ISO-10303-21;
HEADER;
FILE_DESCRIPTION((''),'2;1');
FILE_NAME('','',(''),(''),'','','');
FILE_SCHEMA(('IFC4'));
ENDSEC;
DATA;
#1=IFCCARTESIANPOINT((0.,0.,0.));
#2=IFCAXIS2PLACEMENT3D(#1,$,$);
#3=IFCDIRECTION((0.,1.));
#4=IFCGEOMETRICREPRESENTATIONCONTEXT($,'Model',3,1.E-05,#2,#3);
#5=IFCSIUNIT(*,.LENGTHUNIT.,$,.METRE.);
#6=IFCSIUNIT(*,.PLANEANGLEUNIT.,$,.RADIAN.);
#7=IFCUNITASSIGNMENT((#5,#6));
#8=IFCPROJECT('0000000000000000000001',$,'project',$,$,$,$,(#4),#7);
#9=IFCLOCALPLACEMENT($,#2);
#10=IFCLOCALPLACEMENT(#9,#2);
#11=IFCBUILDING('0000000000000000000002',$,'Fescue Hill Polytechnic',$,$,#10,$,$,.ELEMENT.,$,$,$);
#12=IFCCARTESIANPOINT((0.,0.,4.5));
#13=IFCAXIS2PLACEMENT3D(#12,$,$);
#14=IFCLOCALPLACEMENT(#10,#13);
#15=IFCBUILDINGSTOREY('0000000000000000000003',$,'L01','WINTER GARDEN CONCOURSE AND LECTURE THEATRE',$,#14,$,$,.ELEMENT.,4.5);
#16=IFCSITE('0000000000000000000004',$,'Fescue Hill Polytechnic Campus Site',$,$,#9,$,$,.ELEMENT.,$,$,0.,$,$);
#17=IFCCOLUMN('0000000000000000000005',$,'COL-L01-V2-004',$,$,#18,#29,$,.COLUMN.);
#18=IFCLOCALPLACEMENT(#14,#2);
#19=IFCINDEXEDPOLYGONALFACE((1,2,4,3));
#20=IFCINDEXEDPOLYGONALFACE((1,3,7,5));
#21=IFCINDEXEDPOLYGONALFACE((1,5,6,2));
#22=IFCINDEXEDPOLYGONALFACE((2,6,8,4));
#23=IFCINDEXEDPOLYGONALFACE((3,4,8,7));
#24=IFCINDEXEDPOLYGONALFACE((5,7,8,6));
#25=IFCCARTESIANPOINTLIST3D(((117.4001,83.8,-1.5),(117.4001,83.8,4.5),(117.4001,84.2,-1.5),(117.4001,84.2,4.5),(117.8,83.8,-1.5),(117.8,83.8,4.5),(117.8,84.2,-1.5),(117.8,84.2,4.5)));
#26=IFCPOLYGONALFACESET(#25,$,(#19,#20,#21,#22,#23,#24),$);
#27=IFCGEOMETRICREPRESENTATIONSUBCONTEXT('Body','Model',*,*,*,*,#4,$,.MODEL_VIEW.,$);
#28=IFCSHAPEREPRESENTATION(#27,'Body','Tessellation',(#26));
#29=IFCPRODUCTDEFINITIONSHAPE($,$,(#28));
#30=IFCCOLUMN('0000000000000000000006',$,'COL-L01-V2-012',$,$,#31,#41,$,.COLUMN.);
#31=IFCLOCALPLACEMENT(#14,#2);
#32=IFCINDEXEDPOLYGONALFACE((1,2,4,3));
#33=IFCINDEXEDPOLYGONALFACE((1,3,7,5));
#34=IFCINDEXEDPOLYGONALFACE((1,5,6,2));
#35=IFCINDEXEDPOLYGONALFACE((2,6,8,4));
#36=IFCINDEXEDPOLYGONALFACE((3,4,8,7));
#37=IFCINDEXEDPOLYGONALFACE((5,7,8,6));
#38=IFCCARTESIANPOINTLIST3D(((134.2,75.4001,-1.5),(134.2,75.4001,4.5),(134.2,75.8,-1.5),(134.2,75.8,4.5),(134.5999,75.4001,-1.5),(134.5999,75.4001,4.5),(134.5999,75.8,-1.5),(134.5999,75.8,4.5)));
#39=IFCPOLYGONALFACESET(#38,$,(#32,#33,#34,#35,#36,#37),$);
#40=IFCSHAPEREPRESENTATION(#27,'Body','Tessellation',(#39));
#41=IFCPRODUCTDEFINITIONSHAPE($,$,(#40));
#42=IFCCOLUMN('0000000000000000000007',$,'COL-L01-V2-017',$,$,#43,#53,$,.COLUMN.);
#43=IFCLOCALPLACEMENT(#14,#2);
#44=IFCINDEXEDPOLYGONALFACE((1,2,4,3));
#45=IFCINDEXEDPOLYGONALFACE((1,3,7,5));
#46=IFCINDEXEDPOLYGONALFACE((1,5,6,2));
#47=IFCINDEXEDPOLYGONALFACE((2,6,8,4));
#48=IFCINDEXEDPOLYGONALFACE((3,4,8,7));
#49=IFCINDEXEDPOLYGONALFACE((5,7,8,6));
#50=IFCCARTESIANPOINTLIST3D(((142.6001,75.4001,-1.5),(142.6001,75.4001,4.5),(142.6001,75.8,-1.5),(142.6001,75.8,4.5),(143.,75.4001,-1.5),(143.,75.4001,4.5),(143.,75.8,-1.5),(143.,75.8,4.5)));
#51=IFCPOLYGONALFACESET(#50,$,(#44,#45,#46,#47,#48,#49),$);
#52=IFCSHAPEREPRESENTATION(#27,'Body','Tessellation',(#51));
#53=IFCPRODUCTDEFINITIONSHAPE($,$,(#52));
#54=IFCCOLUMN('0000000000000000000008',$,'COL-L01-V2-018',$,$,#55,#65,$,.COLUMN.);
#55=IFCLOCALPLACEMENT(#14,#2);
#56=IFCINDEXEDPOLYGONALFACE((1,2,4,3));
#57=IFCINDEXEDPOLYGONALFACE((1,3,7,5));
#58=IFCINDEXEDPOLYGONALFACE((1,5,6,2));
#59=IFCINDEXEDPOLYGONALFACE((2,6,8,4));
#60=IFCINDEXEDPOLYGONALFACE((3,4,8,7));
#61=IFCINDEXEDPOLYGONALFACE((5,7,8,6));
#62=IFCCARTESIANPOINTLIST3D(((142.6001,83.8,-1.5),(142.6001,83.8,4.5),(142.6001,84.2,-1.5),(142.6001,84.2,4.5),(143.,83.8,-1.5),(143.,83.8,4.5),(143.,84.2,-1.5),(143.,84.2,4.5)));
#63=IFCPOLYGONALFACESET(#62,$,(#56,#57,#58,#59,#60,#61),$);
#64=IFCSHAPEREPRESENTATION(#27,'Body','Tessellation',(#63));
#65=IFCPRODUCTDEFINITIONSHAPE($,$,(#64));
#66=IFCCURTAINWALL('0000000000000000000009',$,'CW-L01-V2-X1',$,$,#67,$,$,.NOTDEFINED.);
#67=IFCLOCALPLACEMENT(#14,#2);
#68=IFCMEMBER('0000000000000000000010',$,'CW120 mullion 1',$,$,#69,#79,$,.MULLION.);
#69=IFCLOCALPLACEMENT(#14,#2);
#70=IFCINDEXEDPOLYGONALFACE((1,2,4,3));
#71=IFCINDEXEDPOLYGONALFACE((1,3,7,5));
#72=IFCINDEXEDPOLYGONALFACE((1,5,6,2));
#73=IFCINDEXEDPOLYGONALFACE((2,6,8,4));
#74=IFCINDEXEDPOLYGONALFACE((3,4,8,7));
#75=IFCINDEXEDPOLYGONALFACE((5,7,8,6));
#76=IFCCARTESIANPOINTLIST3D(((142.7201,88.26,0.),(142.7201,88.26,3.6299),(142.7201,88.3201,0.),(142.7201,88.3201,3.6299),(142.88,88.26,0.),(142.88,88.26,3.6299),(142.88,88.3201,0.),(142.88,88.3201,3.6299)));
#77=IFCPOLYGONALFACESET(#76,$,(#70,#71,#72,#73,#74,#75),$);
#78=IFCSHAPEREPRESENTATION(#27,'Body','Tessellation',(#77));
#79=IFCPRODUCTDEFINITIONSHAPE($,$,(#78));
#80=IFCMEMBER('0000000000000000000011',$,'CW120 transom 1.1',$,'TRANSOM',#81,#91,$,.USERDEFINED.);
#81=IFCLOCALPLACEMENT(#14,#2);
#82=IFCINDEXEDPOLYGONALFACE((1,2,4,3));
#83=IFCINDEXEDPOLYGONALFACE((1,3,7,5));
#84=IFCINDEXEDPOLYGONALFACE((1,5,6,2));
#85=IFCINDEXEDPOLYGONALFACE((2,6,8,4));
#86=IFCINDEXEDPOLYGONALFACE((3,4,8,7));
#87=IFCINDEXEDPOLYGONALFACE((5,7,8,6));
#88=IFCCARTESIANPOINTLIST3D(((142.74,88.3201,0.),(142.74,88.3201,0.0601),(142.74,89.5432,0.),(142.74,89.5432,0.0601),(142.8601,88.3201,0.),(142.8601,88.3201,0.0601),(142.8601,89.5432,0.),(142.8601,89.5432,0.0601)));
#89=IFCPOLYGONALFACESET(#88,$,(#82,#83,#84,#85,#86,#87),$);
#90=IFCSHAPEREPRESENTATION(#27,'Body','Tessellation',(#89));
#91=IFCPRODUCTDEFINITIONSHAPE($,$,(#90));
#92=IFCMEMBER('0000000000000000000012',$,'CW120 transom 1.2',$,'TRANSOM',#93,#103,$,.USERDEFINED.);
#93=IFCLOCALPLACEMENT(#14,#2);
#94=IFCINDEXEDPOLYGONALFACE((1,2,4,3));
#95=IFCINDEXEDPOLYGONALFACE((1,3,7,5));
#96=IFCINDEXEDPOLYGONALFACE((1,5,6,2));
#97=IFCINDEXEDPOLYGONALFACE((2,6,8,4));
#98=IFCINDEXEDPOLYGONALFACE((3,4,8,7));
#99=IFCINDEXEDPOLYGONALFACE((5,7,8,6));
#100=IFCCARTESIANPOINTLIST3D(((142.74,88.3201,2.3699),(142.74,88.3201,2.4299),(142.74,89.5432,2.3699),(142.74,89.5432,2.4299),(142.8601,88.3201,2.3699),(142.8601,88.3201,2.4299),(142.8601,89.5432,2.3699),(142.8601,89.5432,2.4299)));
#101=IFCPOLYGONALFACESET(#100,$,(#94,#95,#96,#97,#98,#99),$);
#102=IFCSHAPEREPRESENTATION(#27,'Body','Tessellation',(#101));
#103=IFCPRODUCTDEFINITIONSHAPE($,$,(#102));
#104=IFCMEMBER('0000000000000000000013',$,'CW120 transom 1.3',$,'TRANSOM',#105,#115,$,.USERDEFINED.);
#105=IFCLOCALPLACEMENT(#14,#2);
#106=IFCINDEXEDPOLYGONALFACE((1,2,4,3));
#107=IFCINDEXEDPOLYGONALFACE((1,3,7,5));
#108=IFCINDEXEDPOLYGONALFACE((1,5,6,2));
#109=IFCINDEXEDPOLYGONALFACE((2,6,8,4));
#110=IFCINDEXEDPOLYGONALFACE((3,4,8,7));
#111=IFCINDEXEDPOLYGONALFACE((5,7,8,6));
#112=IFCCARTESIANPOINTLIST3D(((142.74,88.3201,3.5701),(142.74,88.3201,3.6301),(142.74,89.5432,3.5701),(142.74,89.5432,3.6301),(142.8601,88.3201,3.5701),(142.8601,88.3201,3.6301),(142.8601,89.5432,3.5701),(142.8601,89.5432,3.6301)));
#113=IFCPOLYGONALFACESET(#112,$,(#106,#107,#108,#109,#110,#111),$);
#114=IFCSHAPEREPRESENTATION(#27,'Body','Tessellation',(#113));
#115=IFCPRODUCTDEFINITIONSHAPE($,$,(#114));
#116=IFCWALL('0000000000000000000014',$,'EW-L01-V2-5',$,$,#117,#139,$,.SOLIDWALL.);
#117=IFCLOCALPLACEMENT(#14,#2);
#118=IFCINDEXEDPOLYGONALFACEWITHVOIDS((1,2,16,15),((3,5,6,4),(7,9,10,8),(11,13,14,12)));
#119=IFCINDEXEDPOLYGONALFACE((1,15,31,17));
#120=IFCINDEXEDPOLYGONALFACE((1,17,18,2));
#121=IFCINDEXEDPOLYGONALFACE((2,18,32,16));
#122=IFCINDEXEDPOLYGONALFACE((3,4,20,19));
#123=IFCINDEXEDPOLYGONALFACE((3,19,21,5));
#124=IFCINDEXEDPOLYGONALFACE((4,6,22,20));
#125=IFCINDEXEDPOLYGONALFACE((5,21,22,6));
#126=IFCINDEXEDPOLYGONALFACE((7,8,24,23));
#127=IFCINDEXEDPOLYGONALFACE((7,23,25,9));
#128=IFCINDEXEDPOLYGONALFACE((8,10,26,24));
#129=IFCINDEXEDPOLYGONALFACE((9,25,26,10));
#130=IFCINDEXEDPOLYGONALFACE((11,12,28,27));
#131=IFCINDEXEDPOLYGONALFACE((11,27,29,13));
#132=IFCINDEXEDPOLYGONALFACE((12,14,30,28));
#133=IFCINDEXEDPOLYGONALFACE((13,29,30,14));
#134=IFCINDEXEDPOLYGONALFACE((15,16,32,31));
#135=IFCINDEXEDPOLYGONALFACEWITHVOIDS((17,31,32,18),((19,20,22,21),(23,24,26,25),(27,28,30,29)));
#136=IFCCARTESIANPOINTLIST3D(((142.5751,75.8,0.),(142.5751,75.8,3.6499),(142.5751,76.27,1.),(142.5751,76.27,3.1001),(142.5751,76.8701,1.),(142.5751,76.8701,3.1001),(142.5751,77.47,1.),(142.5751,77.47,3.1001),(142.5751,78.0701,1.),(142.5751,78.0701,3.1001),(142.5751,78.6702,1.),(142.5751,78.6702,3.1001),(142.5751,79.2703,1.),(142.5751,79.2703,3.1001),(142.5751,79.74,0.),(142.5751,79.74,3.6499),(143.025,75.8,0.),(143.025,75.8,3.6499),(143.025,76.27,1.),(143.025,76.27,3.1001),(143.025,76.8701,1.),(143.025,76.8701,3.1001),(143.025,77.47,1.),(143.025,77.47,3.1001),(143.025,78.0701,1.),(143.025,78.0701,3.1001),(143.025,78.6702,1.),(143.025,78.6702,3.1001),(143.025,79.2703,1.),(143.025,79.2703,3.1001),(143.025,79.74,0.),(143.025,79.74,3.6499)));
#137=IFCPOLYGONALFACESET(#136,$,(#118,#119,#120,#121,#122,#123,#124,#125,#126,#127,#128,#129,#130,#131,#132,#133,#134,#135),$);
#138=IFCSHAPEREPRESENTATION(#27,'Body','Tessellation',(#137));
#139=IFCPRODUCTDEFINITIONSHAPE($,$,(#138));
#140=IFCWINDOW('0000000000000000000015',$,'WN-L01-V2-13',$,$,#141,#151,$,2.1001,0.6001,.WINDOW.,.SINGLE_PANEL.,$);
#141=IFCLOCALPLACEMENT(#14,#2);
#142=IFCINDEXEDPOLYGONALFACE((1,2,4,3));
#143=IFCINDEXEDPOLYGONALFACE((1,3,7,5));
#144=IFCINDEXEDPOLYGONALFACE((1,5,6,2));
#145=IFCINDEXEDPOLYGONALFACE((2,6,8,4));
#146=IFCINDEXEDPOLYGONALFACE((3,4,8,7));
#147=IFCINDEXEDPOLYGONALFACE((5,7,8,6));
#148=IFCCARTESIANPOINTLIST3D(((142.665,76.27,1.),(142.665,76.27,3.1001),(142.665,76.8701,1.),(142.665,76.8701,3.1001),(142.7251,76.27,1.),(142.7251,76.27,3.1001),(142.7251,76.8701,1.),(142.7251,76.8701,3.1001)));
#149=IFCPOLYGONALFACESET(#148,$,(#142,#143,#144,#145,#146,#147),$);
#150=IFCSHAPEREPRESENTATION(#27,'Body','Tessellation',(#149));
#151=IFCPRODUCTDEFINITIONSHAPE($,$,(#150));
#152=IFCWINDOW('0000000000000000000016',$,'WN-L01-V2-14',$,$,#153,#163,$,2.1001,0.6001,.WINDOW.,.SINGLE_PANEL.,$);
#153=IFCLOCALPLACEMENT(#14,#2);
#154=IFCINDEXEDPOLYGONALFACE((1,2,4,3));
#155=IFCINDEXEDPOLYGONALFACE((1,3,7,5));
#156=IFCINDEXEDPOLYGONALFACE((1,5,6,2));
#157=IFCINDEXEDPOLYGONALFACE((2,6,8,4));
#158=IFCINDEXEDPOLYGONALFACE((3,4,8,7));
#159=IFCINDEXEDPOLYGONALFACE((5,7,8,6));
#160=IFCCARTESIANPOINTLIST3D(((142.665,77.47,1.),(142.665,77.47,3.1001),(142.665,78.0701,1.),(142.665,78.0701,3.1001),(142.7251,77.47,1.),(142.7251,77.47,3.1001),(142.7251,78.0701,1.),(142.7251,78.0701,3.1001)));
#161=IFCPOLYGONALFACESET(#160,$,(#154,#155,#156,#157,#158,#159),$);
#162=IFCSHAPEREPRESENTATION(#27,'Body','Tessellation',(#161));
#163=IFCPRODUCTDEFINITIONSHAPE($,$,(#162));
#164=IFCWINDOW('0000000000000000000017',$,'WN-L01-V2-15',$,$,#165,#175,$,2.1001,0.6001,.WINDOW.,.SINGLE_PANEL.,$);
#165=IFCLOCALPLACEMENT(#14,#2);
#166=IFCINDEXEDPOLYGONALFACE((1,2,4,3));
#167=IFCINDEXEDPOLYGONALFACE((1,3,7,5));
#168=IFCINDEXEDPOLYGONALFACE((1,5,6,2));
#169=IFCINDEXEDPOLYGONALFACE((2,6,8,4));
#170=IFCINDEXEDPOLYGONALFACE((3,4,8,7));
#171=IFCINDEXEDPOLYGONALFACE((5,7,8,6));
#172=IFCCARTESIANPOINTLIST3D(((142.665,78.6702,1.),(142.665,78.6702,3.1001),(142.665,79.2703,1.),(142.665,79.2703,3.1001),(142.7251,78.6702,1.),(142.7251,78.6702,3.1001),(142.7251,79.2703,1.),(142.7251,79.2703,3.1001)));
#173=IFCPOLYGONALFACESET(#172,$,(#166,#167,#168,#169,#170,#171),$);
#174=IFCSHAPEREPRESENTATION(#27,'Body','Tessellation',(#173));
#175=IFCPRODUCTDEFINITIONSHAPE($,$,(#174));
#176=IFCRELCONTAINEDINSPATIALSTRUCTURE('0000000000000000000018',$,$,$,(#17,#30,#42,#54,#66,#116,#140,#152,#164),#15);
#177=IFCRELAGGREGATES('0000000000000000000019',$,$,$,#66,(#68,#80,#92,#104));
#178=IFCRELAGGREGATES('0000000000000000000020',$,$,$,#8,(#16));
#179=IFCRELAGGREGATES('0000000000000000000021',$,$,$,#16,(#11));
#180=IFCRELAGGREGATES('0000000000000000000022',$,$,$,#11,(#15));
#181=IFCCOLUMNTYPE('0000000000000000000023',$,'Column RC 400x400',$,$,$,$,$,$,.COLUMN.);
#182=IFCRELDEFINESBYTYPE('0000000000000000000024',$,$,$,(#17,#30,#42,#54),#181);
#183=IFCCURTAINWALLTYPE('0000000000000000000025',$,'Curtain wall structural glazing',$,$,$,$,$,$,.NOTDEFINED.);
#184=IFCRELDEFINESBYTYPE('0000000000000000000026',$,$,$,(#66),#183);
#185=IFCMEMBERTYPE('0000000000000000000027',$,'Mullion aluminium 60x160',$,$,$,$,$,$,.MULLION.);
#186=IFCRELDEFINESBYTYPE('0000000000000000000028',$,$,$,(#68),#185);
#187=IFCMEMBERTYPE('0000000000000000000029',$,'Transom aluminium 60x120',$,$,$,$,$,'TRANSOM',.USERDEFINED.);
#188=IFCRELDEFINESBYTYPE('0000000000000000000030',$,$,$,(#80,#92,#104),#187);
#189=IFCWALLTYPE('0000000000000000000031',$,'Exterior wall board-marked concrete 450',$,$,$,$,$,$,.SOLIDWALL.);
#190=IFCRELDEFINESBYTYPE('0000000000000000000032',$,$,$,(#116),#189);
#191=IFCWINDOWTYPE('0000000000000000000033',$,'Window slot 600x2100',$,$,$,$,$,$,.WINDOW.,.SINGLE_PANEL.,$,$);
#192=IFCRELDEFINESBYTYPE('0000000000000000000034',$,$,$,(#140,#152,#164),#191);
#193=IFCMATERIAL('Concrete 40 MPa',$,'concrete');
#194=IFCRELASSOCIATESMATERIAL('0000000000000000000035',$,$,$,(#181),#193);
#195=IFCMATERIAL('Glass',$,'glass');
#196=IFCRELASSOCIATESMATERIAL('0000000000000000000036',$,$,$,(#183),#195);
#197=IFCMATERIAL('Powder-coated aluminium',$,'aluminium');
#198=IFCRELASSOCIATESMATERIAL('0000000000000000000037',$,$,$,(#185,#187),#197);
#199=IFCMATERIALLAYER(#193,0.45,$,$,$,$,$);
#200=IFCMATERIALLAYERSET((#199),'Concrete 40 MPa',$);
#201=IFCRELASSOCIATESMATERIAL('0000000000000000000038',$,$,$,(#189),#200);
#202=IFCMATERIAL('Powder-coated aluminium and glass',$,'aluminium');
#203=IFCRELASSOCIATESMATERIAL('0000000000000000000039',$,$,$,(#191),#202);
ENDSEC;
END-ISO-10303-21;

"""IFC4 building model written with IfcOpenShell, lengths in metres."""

from ifc_helpers import new_model, si_unit, direction, frame, frame_2d, origin, origin_2d, place, context, subcontext, project, spatial, rectangle, extrude, material, layer, layer_set, material_profile, profile_set, type_object, element, fill, aggregate, save


model = new_model("IFC4")

# Units and contexts
model_context = context("Model", 3, precision=1e-05, world=origin(), true_north=direction((0.0, 1.0)))
body_context = subcontext(model_context, "Body", "Model", "MODEL_VIEW")
ifc_project = project(units=[si_unit("LENGTHUNIT", "METRE"), si_unit("PLANEANGLEUNIT", "RADIAN")], contexts=[model_context])

# Site, building, storey
site_placement = place(None, origin())
site = spatial("IfcSite", under=ifc_project, at=site_placement, Name="Fescue Hill Polytechnic Campus Site", CompositionType="ELEMENT", RefElevation=0.0)
building_placement = place(site_placement, origin())
building = spatial("IfcBuilding", under=site, at=building_placement, Name="Fescue Hill Polytechnic", CompositionType="ELEMENT")
storey_placement = place(building_placement, frame((0.0, 0.0, 4.5)))
storey = spatial("IfcBuildingStorey", under=building, at=storey_placement, Name="L01", Description="WINTER GARDEN CONCOURSE AND LECTURE THEATRE", CompositionType="ELEMENT", Elevation=4.5)

# Columns
ifc_material_1 = material(Name="Concrete 40 MPa", Category="concrete")
ifc_material_profile_1 = material_profile(ifc_material_1, rectangle(XDim=0.3999, YDim=0.3999, at=origin_2d()), Name="RC 400x400")
ifc_profile_set_1 = profile_set([ifc_material_profile_1], Name="Concrete 40 MPa")
column_type = type_object("IfcColumnType", Name="Column RC 400x400", PredefinedType="COLUMN", material=ifc_profile_set_1)
for number, where, z_axis, x_axis, name in (
    (1, (117.6001, 84.0, -1.5), (0.0, 0.0, 1.0), (1.0, 0.0, 0.0), "COL-L01-V2-004"),
    (2, (134.3999, 75.6001, -1.5), (0.0, 0.0, 1.0), (1.0, 0.0, 0.0), "COL-L01-V2-012"),
    (3, (142.8, 75.6001, -1.5), (0.0, 0.0, 1.0), (1.0, 0.0, 0.0), "COL-L01-V2-017"),
    (4, (142.8, 84.0, -1.5), (0.0, 0.0, 1.0), (1.0, 0.0, 0.0), "COL-L01-V2-018"),
):
    element("IfcColumn", number, at=place(storey_placement, frame(where, z_axis=z_axis, x_axis=x_axis)), inside=storey, type_object=column_type, Name=name, PredefinedType="COLUMN", context=body_context, shape_type="SweptSolid", body=[
        extrude(rectangle(XDim=0.3999, YDim=0.3999, at=origin_2d()), origin(), (0.0, 0.0, 1.0), 6.0),
    ])

# Curtain wall, members
ifc_material_2 = material(Name="Glass", Category="glass")
curtain_wall_type = type_object("IfcCurtainWallType", Name="Curtain wall structural glazing", PredefinedType="NOTDEFINED", material=ifc_material_2)
curtain_wall_placement = place(storey_placement, origin())
curtain_wall = element("IfcCurtainWall", 5, at=curtain_wall_placement, inside=storey, type_object=curtain_wall_type, Name="CW-L01-V2-X1", PredefinedType="NOTDEFINED")
ifc_material_3 = material(Name="Powder-coated aluminium", Category="aluminium")
ifc_material_profile_2 = material_profile(ifc_material_3, rectangle(XDim=0.1599, YDim=0.0601, at=origin_2d()), Name="Mullion aluminium 60x160")
ifc_profile_set_2 = profile_set([ifc_material_profile_2], Name="Powder-coated aluminium")
member_type_1 = type_object("IfcMemberType", Name="Mullion aluminium 60x160", PredefinedType="MULLION", material=ifc_profile_set_2)
member_1_placement = place(storey_placement, frame((142.8, 88.29, 0.0), z_axis=(0.0, 0.0, 1.0), x_axis=(-1.0, 0.0, 0.0)))
member_1 = element("IfcMember", 6, at=member_1_placement, type_object=member_type_1, Name="CW120 mullion 1", PredefinedType="MULLION", context=body_context, shape_type="SweptSolid", body=[
    extrude(rectangle(XDim=0.1599, YDim=0.0601, at=origin_2d()), origin(), (0.0, 0.0, 1.0), 3.6299),
])
ifc_material_profile_3 = material_profile(ifc_material_3, rectangle(XDim=0.1201, YDim=0.0601, at=origin_2d()), Name="Transom aluminium 60x120")
ifc_profile_set_3 = profile_set([ifc_material_profile_3], Name="Powder-coated aluminium")
member_type_2 = type_object("IfcMemberType", Name="Transom aluminium 60x120", ElementType="TRANSOM", PredefinedType="USERDEFINED", material=ifc_profile_set_3)
member_2_placement = place(storey_placement, frame((142.8, 88.3201, 0.03), z_axis=(0.0, 1.0, 0.0), x_axis=(-1.0, 0.0, 0.0)))
member_2 = element("IfcMember", 7, at=member_2_placement, type_object=member_type_2, Name="CW120 transom 1.1", ObjectType="TRANSOM", PredefinedType="USERDEFINED", context=body_context, shape_type="SweptSolid", body=[
    extrude(rectangle(XDim=0.1201, YDim=0.0601, at=origin_2d()), origin(), (0.0, 0.0, 1.0), 1.2231),
])
member_3_placement = place(storey_placement, frame((142.8, 88.3201, 2.3999), z_axis=(0.0, 1.0, 0.0), x_axis=(-1.0, 0.0, 0.0)))
member_3 = element("IfcMember", 8, at=member_3_placement, type_object=member_type_2, Name="CW120 transom 1.2", ObjectType="TRANSOM", PredefinedType="USERDEFINED", context=body_context, shape_type="SweptSolid", body=[
    extrude(rectangle(XDim=0.1201, YDim=0.0601, at=origin_2d()), origin(), (0.0, 0.0, 1.0), 1.2231),
])
member_4_placement = place(storey_placement, frame((142.8, 88.3201, 3.6001), z_axis=(0.0, 1.0, 0.0), x_axis=(-1.0, 0.0, 0.0)))
member_4 = element("IfcMember", 9, at=member_4_placement, type_object=member_type_2, Name="CW120 transom 1.3", ObjectType="TRANSOM", PredefinedType="USERDEFINED", context=body_context, shape_type="SweptSolid", body=[
    extrude(rectangle(XDim=0.1201, YDim=0.0601, at=origin_2d()), origin(), (0.0, 0.0, 1.0), 1.2231),
])
aggregate(curtain_wall, [member_1, member_2, member_3, member_4])

# Wall, openings, windows
ifc_layer_1 = layer(ifc_material_1, 0.45)
ifc_layer_set_1 = layer_set([ifc_layer_1], Name="Concrete 40 MPa")
wall_type_1 = type_object("IfcWallType", Name="Exterior wall board-marked concrete 450", PredefinedType="SOLIDWALL", material=ifc_layer_set_1)
wall_1_placement = place(storey_placement, frame((142.8, 75.8, 0.0), z_axis=(0.0, 0.0, 1.0), x_axis=(0.0, 1.0, 0.0)))
wall_1 = element("IfcWall", 10, at=wall_1_placement, inside=storey, type_object=wall_type_1, Name="EW-L01-V2-5", PredefinedType="SOLIDWALL", context=body_context, shape_type="SweptSolid", body=[
    extrude(rectangle(XDim=3.9399, YDim=0.45, at=frame_2d((1.97, 0.0))), origin(), (0.0, 0.0, 1.0), 3.6499),
])
opening_1_placement = place(wall_1_placement, frame((0.47, 0.0, 1.0)))
opening_1 = element("IfcOpeningElement", 11, at=opening_1_placement, cuts=wall_1, PredefinedType="OPENING", context=body_context, shape_type="SweptSolid", body=[
    extrude(rectangle(XDim=0.6001, YDim=2.1001, at=frame_2d((0.3, 1.05))), frame((0.0, 0.2349, 0.0), z_axis=(0.0, -1.0, 0.0), x_axis=(1.0, 0.0, 0.0)), (0.0, 0.0, 1.0), 0.47),
])
opening_2_placement = place(wall_1_placement, frame((1.6699, 0.0, 1.0)))
opening_2 = element("IfcOpeningElement", 12, at=opening_2_placement, cuts=wall_1, PredefinedType="OPENING", context=body_context, shape_type="SweptSolid", body=[
    extrude(rectangle(XDim=0.6001, YDim=2.1001, at=frame_2d((0.3, 1.05))), frame((0.0, 0.2349, 0.0), z_axis=(0.0, -1.0, 0.0), x_axis=(1.0, 0.0, 0.0)), (0.0, 0.0, 1.0), 0.47),
])
opening_3_placement = place(wall_1_placement, frame((2.8701, 0.0, 1.0)))
opening_3 = element("IfcOpeningElement", 13, at=opening_3_placement, cuts=wall_1, PredefinedType="OPENING", context=body_context, shape_type="SweptSolid", body=[
    extrude(rectangle(XDim=0.6001, YDim=2.1001, at=frame_2d((0.3, 1.05))), frame((0.0, 0.2349, 0.0), z_axis=(0.0, -1.0, 0.0), x_axis=(1.0, 0.0, 0.0)), (0.0, 0.0, 1.0), 0.47),
])
ifc_material_4 = material(Name="Powder-coated aluminium and glass", Category="aluminium")
window_type = type_object("IfcWindowType", Name="Window slot 600x2100", PartitioningType="SINGLE_PANEL", PredefinedType="WINDOW", material=ifc_material_4)
window_1_placement = place(opening_1_placement, origin())
window_1 = element("IfcWindow", 14, at=window_1_placement, inside=storey, type_object=window_type, Name="WN-L01-V2-13", OverallHeight=2.1001, OverallWidth=0.6001, PartitioningType="SINGLE_PANEL", PredefinedType="WINDOW", context=body_context, shape_type="SweptSolid", body=[
    extrude(rectangle(XDim=0.6001, YDim=2.1001, at=frame_2d((0.3, 1.05))), frame((0.0, 0.135, 0.0), z_axis=(0.0, -1.0, 0.0), x_axis=(1.0, 0.0, 0.0)), (0.0, 0.0, 1.0), 0.0601),
])
fill(opening_1, window_1)
window_2_placement = place(opening_2_placement, origin())
window_2 = element("IfcWindow", 15, at=window_2_placement, inside=storey, type_object=window_type, Name="WN-L01-V2-14", OverallHeight=2.1001, OverallWidth=0.6001, PartitioningType="SINGLE_PANEL", PredefinedType="WINDOW", context=body_context, shape_type="SweptSolid", body=[
    extrude(rectangle(XDim=0.6001, YDim=2.1001, at=frame_2d((0.3, 1.05))), frame((0.0, 0.135, 0.0), z_axis=(0.0, -1.0, 0.0), x_axis=(1.0, 0.0, 0.0)), (0.0, 0.0, 1.0), 0.0601),
])
fill(opening_2, window_2)
window_3_placement = place(opening_3_placement, origin())
window_3 = element("IfcWindow", 16, at=window_3_placement, inside=storey, type_object=window_type, Name="WN-L01-V2-15", OverallHeight=2.1001, OverallWidth=0.6001, PartitioningType="SINGLE_PANEL", PredefinedType="WINDOW", context=body_context, shape_type="SweptSolid", body=[
    extrude(rectangle(XDim=0.6001, YDim=2.1001, at=frame_2d((0.3, 1.05))), frame((0.0, 0.135, 0.0), z_axis=(0.0, -1.0, 0.0), x_axis=(1.0, 0.0, 0.0)), (0.0, 0.0, 1.0), 0.0601),
])
fill(opening_3, window_3)

save(model, "model.ifc")
